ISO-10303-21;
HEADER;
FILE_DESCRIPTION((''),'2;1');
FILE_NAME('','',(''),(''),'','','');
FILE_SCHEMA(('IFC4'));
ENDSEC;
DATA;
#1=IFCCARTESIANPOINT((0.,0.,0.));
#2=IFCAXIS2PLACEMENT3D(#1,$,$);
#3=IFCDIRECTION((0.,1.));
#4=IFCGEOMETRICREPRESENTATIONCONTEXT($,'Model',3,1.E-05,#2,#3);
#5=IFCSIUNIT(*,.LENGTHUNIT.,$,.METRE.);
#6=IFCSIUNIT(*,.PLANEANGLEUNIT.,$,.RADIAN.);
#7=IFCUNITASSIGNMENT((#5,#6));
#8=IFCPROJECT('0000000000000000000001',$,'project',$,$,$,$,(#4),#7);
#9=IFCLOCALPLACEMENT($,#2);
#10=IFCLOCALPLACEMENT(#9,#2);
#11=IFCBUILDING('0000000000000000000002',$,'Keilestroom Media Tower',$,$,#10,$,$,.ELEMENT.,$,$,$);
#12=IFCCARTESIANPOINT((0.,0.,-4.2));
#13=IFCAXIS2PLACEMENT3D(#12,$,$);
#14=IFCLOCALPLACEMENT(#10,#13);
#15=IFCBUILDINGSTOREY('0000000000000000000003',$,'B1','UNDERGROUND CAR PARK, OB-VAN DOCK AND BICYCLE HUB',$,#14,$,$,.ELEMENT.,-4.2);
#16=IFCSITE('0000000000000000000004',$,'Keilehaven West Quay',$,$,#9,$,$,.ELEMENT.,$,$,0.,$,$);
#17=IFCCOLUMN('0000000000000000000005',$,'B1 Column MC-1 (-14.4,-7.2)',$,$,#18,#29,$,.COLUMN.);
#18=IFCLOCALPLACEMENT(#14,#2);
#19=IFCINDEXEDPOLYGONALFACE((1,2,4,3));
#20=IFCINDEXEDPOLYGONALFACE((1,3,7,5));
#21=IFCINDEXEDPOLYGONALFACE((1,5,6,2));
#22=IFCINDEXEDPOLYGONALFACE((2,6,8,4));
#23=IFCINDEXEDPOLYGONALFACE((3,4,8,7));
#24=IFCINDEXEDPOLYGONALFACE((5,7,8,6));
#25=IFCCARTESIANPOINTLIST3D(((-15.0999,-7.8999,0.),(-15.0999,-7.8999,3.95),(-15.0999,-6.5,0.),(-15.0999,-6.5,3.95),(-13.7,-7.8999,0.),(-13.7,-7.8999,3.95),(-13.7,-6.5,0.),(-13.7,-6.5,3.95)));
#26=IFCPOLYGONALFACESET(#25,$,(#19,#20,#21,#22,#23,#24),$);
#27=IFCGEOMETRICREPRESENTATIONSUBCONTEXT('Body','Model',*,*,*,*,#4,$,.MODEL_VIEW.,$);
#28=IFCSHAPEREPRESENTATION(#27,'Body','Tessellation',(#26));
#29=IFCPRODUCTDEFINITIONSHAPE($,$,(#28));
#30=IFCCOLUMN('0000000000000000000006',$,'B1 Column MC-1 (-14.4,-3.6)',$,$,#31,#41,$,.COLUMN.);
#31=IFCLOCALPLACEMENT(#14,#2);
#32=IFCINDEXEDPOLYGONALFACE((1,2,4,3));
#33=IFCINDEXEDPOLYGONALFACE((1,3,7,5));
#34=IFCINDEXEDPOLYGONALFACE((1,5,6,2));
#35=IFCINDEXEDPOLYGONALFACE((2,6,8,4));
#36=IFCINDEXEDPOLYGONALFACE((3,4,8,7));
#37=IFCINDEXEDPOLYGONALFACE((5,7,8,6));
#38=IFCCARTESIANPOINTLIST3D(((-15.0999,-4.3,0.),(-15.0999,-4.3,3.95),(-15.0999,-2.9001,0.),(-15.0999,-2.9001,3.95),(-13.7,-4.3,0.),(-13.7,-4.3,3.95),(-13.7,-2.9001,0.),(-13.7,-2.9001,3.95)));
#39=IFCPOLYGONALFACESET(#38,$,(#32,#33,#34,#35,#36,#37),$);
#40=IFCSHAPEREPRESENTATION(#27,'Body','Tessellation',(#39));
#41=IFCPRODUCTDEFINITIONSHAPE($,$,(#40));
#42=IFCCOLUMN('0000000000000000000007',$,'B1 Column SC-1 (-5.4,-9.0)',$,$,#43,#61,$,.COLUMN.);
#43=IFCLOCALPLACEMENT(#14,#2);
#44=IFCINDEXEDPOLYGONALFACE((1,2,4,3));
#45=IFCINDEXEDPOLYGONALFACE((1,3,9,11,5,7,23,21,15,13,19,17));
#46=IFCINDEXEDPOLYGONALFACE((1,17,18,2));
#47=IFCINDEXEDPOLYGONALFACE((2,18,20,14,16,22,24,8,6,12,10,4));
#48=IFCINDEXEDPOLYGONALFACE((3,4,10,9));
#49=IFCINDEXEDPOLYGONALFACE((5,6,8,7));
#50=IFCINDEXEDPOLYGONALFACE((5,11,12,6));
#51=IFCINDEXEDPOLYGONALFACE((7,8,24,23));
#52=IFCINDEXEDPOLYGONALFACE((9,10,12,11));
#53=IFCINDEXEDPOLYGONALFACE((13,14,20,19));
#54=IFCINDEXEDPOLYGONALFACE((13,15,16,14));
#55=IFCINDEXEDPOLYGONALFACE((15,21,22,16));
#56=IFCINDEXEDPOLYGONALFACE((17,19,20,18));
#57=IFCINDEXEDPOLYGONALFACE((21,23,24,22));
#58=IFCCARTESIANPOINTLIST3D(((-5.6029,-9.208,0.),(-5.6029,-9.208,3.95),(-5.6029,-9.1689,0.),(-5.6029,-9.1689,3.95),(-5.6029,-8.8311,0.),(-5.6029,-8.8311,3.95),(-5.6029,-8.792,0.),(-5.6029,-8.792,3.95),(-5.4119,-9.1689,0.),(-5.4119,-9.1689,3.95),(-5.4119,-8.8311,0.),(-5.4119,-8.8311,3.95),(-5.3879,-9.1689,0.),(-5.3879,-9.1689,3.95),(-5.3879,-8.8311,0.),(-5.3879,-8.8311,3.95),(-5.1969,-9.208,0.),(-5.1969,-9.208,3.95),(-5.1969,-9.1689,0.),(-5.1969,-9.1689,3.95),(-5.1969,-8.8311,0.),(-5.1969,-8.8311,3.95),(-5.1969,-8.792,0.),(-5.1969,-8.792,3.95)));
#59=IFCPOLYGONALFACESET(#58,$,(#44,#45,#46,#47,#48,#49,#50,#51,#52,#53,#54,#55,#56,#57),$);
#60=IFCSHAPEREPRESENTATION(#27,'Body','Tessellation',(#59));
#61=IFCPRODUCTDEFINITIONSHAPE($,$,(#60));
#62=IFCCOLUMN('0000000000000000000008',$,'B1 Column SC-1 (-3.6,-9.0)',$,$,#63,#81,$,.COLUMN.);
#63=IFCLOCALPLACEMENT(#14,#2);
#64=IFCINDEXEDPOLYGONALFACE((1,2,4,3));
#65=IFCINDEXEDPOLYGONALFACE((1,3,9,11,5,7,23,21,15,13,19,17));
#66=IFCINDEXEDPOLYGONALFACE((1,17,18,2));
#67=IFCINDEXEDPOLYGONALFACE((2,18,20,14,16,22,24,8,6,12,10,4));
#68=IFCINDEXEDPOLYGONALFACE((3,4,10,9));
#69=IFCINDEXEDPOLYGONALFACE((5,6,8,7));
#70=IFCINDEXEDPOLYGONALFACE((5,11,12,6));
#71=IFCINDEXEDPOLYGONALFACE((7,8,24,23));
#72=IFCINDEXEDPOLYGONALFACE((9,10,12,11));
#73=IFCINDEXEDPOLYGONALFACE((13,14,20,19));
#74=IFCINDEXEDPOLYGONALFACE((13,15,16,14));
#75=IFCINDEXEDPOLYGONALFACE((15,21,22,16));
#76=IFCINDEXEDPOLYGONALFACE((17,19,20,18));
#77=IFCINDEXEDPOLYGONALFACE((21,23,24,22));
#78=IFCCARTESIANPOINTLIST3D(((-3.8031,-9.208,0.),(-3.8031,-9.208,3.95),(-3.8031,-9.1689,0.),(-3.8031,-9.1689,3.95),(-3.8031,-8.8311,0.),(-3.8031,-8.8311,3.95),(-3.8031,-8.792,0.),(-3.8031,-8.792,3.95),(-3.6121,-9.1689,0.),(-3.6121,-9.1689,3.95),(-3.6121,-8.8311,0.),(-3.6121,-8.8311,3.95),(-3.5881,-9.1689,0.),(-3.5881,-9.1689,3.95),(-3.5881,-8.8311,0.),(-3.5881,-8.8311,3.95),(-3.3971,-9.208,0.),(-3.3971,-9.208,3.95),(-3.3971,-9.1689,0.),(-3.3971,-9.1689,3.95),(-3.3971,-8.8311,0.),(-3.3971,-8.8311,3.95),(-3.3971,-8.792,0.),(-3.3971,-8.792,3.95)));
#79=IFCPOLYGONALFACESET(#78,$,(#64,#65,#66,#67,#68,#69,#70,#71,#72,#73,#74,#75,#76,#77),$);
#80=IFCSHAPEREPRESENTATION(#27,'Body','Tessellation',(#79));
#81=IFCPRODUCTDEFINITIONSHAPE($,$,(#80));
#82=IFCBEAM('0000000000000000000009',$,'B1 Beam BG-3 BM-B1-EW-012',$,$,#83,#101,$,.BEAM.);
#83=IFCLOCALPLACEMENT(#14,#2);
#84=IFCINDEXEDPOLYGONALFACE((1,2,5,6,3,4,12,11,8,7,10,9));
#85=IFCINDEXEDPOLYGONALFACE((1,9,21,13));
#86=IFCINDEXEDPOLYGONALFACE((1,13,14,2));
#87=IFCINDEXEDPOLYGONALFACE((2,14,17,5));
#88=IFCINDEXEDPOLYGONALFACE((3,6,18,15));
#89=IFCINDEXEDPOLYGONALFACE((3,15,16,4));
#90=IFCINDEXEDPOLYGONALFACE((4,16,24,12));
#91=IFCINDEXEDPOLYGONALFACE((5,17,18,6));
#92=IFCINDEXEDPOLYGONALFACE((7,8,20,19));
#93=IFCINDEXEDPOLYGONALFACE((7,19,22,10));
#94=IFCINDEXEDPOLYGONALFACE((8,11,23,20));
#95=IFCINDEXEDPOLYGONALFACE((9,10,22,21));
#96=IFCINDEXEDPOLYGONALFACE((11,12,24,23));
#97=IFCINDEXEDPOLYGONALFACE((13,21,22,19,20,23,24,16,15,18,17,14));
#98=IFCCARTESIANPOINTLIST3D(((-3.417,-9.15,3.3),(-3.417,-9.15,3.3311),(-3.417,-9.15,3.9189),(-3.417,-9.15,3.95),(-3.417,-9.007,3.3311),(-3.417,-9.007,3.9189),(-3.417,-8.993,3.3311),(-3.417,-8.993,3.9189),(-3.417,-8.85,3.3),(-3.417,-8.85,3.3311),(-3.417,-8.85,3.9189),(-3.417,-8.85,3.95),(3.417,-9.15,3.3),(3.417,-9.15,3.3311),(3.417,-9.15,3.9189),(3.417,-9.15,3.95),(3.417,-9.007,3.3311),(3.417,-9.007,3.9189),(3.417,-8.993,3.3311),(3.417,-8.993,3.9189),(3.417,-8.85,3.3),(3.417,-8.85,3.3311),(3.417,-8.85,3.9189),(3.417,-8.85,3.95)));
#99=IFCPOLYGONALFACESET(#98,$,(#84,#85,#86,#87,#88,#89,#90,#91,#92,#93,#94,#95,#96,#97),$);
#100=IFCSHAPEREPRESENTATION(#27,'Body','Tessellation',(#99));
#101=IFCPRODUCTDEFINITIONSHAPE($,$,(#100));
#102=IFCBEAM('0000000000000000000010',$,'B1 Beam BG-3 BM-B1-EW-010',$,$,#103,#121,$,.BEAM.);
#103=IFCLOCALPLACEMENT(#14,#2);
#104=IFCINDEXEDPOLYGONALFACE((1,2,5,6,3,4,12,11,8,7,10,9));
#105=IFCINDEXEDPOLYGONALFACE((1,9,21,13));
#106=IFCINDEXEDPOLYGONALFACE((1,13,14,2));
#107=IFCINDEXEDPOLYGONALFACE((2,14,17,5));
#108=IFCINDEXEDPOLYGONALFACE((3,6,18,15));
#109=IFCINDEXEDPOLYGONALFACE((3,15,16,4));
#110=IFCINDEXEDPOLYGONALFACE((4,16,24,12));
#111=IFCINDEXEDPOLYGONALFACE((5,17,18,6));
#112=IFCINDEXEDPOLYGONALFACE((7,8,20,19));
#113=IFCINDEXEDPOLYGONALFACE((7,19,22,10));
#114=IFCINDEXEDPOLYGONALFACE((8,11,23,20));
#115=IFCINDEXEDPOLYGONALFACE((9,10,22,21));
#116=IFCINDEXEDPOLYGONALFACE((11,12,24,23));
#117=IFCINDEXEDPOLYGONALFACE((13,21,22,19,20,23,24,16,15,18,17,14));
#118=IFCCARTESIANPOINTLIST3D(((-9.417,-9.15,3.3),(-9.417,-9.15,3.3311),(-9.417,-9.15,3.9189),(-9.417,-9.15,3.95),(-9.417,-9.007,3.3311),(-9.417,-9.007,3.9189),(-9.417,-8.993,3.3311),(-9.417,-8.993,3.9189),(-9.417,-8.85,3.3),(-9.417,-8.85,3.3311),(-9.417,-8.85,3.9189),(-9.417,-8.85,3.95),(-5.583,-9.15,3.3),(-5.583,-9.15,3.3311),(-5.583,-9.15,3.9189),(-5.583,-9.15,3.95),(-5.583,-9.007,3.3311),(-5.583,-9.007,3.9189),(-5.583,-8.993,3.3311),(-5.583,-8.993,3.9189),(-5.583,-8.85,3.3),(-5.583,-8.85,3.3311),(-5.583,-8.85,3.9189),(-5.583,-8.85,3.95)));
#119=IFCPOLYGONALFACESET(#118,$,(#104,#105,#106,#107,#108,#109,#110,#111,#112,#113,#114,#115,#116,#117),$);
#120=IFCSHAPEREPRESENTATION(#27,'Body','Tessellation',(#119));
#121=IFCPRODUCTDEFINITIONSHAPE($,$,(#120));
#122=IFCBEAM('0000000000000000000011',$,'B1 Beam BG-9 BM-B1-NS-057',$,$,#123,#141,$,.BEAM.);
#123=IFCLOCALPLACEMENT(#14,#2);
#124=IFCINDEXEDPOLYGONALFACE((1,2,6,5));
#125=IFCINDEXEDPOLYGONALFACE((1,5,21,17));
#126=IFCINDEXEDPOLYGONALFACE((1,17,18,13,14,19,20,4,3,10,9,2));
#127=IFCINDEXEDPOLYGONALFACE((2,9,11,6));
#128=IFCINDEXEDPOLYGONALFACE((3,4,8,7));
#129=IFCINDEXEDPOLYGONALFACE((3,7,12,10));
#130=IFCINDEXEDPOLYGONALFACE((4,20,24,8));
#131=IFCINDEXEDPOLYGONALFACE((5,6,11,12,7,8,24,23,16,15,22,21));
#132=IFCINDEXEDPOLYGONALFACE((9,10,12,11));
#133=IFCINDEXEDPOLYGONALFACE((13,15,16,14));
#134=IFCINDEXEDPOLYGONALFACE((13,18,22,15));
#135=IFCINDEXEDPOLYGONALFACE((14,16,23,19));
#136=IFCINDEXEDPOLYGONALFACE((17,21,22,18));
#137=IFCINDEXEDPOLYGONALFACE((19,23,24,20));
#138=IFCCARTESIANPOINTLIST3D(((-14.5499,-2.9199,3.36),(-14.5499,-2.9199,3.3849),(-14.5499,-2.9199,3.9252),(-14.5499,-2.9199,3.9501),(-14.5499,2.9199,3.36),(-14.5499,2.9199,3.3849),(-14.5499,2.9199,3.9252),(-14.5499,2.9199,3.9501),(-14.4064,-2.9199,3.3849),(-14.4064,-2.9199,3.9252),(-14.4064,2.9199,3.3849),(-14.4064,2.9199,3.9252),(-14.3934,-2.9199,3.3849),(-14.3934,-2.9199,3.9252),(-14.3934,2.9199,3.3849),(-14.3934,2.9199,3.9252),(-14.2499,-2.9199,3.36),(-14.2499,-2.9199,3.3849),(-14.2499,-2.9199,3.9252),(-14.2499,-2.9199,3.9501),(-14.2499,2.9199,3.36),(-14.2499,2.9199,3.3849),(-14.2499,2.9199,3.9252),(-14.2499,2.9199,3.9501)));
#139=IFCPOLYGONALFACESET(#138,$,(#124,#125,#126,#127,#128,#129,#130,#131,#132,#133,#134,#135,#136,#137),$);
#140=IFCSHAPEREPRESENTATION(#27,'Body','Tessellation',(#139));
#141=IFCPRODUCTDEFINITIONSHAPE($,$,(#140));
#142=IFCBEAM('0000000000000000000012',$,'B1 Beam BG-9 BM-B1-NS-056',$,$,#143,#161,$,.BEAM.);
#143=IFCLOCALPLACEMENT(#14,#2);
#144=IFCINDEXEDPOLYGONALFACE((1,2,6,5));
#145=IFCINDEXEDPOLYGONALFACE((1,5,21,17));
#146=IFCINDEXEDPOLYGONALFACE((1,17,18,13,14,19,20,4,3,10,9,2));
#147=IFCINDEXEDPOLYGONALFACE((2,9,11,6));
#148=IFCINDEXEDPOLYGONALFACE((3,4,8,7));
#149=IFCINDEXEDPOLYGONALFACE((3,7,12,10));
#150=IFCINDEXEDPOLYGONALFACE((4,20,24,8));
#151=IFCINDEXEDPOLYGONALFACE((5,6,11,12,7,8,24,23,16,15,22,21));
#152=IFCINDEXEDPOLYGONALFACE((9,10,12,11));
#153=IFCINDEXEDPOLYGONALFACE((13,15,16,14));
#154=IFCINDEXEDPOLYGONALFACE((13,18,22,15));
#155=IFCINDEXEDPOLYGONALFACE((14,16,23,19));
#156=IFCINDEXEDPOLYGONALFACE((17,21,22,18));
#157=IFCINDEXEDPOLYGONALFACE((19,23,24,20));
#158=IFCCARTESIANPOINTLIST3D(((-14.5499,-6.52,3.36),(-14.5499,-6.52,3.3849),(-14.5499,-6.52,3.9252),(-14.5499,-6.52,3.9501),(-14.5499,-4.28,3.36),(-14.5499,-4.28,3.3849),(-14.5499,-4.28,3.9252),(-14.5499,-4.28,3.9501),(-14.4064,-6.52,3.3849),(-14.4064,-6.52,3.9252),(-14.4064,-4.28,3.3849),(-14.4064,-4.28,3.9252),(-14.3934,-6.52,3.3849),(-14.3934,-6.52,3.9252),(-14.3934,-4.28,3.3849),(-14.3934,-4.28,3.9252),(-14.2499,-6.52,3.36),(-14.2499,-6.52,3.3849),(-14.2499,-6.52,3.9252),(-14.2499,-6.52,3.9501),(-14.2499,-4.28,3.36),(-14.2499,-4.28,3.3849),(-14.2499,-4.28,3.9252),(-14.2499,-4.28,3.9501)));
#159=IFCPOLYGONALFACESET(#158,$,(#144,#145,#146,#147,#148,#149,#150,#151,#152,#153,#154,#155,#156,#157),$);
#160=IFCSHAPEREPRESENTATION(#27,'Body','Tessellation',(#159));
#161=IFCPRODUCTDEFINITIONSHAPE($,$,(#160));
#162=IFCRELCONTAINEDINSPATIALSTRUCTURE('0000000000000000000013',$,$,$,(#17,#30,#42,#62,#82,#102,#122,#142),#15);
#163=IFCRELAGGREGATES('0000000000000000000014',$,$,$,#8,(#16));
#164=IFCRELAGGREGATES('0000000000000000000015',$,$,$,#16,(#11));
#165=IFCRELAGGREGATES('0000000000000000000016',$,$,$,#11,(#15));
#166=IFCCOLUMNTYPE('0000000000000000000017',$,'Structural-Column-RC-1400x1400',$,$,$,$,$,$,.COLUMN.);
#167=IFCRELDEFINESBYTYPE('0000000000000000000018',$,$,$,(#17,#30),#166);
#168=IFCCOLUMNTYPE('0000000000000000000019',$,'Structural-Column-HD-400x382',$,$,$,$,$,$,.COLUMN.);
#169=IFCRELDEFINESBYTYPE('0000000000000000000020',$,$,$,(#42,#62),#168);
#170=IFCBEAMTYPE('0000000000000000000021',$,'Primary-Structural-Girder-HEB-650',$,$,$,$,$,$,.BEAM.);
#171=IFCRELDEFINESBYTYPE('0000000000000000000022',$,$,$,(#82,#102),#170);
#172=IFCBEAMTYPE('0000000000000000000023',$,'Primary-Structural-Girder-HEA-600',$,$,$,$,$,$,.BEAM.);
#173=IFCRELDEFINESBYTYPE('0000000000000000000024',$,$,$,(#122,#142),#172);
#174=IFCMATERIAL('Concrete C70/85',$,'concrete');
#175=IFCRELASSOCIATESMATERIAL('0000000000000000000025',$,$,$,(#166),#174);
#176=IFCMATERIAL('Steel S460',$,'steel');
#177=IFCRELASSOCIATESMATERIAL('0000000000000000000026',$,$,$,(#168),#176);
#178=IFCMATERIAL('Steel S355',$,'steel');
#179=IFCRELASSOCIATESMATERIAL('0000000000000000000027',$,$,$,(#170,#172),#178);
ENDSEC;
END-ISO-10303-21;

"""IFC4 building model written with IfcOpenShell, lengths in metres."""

from ifc_helpers import new_model, si_unit, direction, frame, origin, origin_2d, place, context, subcontext, project, spatial, rectangle, i_section, extrude, source, transform, mapped, material, material_profile, profile_set, type_object, element, save


model = new_model("IFC4")

# Units and contexts
model_context = context("Model", 3, precision=1e-05, world=origin(), true_north=direction((0.0, 1.0)))
body_context = subcontext(model_context, "Body", "Model", "MODEL_VIEW")
ifc_project = project(units=[si_unit("LENGTHUNIT", "METRE"), si_unit("PLANEANGLEUNIT", "RADIAN")], contexts=[model_context])

# Site, building, storey
site_placement = place(None, origin())
site = spatial("IfcSite", under=ifc_project, at=site_placement, Name="Keilehaven West Quay", CompositionType="ELEMENT", RefElevation=0.0)
building_placement = place(site_placement, origin())
building = spatial("IfcBuilding", under=site, at=building_placement, Name="Keilestroom Media Tower", CompositionType="ELEMENT")
storey_placement = place(building_placement, frame((0.0, 0.0, -4.2)))
storey = spatial("IfcBuildingStorey", under=building, at=storey_placement, Name="B1", Description="UNDERGROUND CAR PARK, OB-VAN DOCK AND BICYCLE HUB", CompositionType="ELEMENT", Elevation=-4.2)

# Columns
ifc_material_1 = material(Name="Concrete C70/85", Category="concrete")
ifc_material_profile_1 = material_profile(ifc_material_1, rectangle(XDim=1.3999, YDim=1.3999, at=origin_2d()), Name="RC 1400x1400")
ifc_profile_set_1 = profile_set([ifc_material_profile_1], Name="Concrete C70/85")
column_type_1 = type_object("IfcColumnType", Name="Structural-Column-RC-1400x1400", PredefinedType="COLUMN", material=ifc_profile_set_1)
shared_shape_1 = source(origin(), body_context, "Body", "SweptSolid", [
    extrude(rectangle(XDim=1.3999, YDim=1.3999, at=origin_2d()), origin(), (0.0, 0.0, 1.0), 3.95),
])
for number, where, z_axis, x_axis, name in (
    (1, (-14.3999, -7.2, 0.0), (0.0, 0.0, 1.0), (1.0, 0.0, 0.0), "B1 Column MC-1 (-14.4,-7.2)"),
    (2, (-14.3999, -3.6001, 0.0), (0.0, 0.0, 1.0), (1.0, 0.0, 0.0), "B1 Column MC-1 (-14.4,-3.6)"),
):
    element("IfcColumn", number, at=place(storey_placement, frame(where, z_axis=z_axis, x_axis=x_axis)), inside=storey, type_object=column_type_1, Name=name, PredefinedType="COLUMN", context=body_context, shape_type="MappedRepresentation", body=[
        mapped(shared_shape_1, transform((0.0, 0.0, 0.0), x_axis=(1.0, 0.0, 0.0), y_axis=(0.0, 1.0, 0.0), z_axis=(0.0, 0.0, 1.0), scale=1.0)),
    ])
ifc_material_2 = material(Name="Steel S460", Category="steel")
ifc_material_profile_2 = material_profile(ifc_material_2, i_section(OverallWidth=0.406, OverallDepth=0.416, WebThickness=0.0239, FlangeThickness=0.0391, at=origin_2d()), Name="HD 400x382")
ifc_profile_set_2 = profile_set([ifc_material_profile_2], Name="Steel S460")
column_type_2 = type_object("IfcColumnType", Name="Structural-Column-HD-400x382", PredefinedType="COLUMN", material=ifc_profile_set_2)
shared_shape_2 = source(origin(), body_context, "Body", "SweptSolid", [
    extrude(i_section(OverallWidth=0.406, OverallDepth=0.416, WebThickness=0.0239, FlangeThickness=0.0391, at=origin_2d()), origin(), (0.0, 0.0, 1.0), 3.95),
])
for number, where, z_axis, x_axis, name in (
    (3, (-5.3999, -9.0, 0.0), (0.0, 0.0, 1.0), (1.0, 0.0, 0.0), "B1 Column SC-1 (-5.4,-9.0)"),
    (4, (-3.6001, -9.0, 0.0), (0.0, 0.0, 1.0), (1.0, 0.0, 0.0), "B1 Column SC-1 (-3.6,-9.0)"),
):
    element("IfcColumn", number, at=place(storey_placement, frame(where, z_axis=z_axis, x_axis=x_axis)), inside=storey, type_object=column_type_2, Name=name, PredefinedType="COLUMN", context=body_context, shape_type="MappedRepresentation", body=[
        mapped(shared_shape_2, transform((0.0, 0.0, 0.0), x_axis=(1.0, 0.0, 0.0), y_axis=(0.0, 1.0, 0.0), z_axis=(0.0, 0.0, 1.0), scale=1.0)),
    ])

# Beams
ifc_material_3 = material(Name="Steel S355", Category="steel")
ifc_material_profile_3 = material_profile(ifc_material_3, i_section(OverallWidth=0.3, OverallDepth=0.6499, WebThickness=0.0139, FlangeThickness=0.031, at=origin_2d()), Name="HEB 650")
ifc_profile_set_3 = profile_set([ifc_material_profile_3], Name="Steel S355")
beam_type_1 = type_object("IfcBeamType", Name="Primary-Structural-Girder-HEB-650", PredefinedType="BEAM", material=ifc_profile_set_3)
shared_shape_3 = source(origin(), body_context, "Body", "SweptSolid", [
    extrude(i_section(OverallWidth=0.3, OverallDepth=0.6499, WebThickness=0.0139, FlangeThickness=0.031, at=origin_2d()), origin(), (0.0, 0.0, 1.0), 6.834),
])
beam_1_placement = place(storey_placement, frame((-3.417, -9.0, 3.625), z_axis=(1.0, 0.0, 0.0), x_axis=(0.0, 1.0, 0.0)))
element("IfcBeam", 5, at=beam_1_placement, inside=storey, type_object=beam_type_1, Name="B1 Beam BG-3 BM-B1-EW-012", PredefinedType="BEAM", context=body_context, shape_type="MappedRepresentation", body=[
    mapped(shared_shape_3, transform((0.0, 0.0, 0.0), x_axis=(1.0, 0.0, 0.0), y_axis=(0.0, 1.0, 0.0), z_axis=(0.0, 0.0, 1.0), scale=1.0)),
])
shared_shape_4 = source(origin(), body_context, "Body", "SweptSolid", [
    extrude(i_section(OverallWidth=0.3, OverallDepth=0.6499, WebThickness=0.0139, FlangeThickness=0.031, at=origin_2d()), origin(), (0.0, 0.0, 1.0), 3.834),
])
beam_2_placement = place(storey_placement, frame((-9.417, -9.0, 3.625), z_axis=(1.0, 0.0, 0.0), x_axis=(0.0, 1.0, 0.0)))
element("IfcBeam", 6, at=beam_2_placement, inside=storey, type_object=beam_type_1, Name="B1 Beam BG-3 BM-B1-EW-010", PredefinedType="BEAM", context=body_context, shape_type="MappedRepresentation", body=[
    mapped(shared_shape_4, transform((0.0, 0.0, 0.0), x_axis=(1.0, 0.0, 0.0), y_axis=(0.0, 1.0, 0.0), z_axis=(0.0, 0.0, 1.0), scale=1.0)),
])
ifc_material_profile_4 = material_profile(ifc_material_3, i_section(OverallWidth=0.3, OverallDepth=0.5901, WebThickness=0.0129, FlangeThickness=0.0249, at=origin_2d()), Name="HEA 600")
ifc_profile_set_4 = profile_set([ifc_material_profile_4], Name="Steel S355")
beam_type_2 = type_object("IfcBeamType", Name="Primary-Structural-Girder-HEA-600", PredefinedType="BEAM", material=ifc_profile_set_4)
shared_shape_5 = source(origin(), body_context, "Body", "SweptSolid", [
    extrude(i_section(OverallWidth=0.3, OverallDepth=0.5901, WebThickness=0.0129, FlangeThickness=0.0249, at=origin_2d()), origin(), (0.0, 0.0, 1.0), 5.8398),
])
beam_3_placement = place(storey_placement, frame((-14.3999, -2.9199, 3.655), z_axis=(0.0, 1.0, 0.0), x_axis=(-1.0, 0.0, 0.0)))
element("IfcBeam", 7, at=beam_3_placement, inside=storey, type_object=beam_type_2, Name="B1 Beam BG-9 BM-B1-NS-057", PredefinedType="BEAM", context=body_context, shape_type="MappedRepresentation", body=[
    mapped(shared_shape_5, transform((0.0, 0.0, 0.0), x_axis=(1.0, 0.0, 0.0), y_axis=(0.0, 1.0, 0.0), z_axis=(0.0, 0.0, 1.0), scale=1.0)),
])
shared_shape_6 = source(origin(), body_context, "Body", "SweptSolid", [
    extrude(i_section(OverallWidth=0.3, OverallDepth=0.5901, WebThickness=0.0129, FlangeThickness=0.0249, at=origin_2d()), origin(), (0.0, 0.0, 1.0), 2.24),
])
beam_4_placement = place(storey_placement, frame((-14.3999, -6.52, 3.655), z_axis=(0.0, 1.0, 0.0), x_axis=(-1.0, 0.0, 0.0)))
element("IfcBeam", 8, at=beam_4_placement, inside=storey, type_object=beam_type_2, Name="B1 Beam BG-9 BM-B1-NS-056", PredefinedType="BEAM", context=body_context, shape_type="MappedRepresentation", body=[
    mapped(shared_shape_6, transform((0.0, 0.0, 0.0), x_axis=(1.0, 0.0, 0.0), y_axis=(0.0, 1.0, 0.0), z_axis=(0.0, 0.0, 1.0), scale=1.0)),
])

save(model, "model.ifc")
